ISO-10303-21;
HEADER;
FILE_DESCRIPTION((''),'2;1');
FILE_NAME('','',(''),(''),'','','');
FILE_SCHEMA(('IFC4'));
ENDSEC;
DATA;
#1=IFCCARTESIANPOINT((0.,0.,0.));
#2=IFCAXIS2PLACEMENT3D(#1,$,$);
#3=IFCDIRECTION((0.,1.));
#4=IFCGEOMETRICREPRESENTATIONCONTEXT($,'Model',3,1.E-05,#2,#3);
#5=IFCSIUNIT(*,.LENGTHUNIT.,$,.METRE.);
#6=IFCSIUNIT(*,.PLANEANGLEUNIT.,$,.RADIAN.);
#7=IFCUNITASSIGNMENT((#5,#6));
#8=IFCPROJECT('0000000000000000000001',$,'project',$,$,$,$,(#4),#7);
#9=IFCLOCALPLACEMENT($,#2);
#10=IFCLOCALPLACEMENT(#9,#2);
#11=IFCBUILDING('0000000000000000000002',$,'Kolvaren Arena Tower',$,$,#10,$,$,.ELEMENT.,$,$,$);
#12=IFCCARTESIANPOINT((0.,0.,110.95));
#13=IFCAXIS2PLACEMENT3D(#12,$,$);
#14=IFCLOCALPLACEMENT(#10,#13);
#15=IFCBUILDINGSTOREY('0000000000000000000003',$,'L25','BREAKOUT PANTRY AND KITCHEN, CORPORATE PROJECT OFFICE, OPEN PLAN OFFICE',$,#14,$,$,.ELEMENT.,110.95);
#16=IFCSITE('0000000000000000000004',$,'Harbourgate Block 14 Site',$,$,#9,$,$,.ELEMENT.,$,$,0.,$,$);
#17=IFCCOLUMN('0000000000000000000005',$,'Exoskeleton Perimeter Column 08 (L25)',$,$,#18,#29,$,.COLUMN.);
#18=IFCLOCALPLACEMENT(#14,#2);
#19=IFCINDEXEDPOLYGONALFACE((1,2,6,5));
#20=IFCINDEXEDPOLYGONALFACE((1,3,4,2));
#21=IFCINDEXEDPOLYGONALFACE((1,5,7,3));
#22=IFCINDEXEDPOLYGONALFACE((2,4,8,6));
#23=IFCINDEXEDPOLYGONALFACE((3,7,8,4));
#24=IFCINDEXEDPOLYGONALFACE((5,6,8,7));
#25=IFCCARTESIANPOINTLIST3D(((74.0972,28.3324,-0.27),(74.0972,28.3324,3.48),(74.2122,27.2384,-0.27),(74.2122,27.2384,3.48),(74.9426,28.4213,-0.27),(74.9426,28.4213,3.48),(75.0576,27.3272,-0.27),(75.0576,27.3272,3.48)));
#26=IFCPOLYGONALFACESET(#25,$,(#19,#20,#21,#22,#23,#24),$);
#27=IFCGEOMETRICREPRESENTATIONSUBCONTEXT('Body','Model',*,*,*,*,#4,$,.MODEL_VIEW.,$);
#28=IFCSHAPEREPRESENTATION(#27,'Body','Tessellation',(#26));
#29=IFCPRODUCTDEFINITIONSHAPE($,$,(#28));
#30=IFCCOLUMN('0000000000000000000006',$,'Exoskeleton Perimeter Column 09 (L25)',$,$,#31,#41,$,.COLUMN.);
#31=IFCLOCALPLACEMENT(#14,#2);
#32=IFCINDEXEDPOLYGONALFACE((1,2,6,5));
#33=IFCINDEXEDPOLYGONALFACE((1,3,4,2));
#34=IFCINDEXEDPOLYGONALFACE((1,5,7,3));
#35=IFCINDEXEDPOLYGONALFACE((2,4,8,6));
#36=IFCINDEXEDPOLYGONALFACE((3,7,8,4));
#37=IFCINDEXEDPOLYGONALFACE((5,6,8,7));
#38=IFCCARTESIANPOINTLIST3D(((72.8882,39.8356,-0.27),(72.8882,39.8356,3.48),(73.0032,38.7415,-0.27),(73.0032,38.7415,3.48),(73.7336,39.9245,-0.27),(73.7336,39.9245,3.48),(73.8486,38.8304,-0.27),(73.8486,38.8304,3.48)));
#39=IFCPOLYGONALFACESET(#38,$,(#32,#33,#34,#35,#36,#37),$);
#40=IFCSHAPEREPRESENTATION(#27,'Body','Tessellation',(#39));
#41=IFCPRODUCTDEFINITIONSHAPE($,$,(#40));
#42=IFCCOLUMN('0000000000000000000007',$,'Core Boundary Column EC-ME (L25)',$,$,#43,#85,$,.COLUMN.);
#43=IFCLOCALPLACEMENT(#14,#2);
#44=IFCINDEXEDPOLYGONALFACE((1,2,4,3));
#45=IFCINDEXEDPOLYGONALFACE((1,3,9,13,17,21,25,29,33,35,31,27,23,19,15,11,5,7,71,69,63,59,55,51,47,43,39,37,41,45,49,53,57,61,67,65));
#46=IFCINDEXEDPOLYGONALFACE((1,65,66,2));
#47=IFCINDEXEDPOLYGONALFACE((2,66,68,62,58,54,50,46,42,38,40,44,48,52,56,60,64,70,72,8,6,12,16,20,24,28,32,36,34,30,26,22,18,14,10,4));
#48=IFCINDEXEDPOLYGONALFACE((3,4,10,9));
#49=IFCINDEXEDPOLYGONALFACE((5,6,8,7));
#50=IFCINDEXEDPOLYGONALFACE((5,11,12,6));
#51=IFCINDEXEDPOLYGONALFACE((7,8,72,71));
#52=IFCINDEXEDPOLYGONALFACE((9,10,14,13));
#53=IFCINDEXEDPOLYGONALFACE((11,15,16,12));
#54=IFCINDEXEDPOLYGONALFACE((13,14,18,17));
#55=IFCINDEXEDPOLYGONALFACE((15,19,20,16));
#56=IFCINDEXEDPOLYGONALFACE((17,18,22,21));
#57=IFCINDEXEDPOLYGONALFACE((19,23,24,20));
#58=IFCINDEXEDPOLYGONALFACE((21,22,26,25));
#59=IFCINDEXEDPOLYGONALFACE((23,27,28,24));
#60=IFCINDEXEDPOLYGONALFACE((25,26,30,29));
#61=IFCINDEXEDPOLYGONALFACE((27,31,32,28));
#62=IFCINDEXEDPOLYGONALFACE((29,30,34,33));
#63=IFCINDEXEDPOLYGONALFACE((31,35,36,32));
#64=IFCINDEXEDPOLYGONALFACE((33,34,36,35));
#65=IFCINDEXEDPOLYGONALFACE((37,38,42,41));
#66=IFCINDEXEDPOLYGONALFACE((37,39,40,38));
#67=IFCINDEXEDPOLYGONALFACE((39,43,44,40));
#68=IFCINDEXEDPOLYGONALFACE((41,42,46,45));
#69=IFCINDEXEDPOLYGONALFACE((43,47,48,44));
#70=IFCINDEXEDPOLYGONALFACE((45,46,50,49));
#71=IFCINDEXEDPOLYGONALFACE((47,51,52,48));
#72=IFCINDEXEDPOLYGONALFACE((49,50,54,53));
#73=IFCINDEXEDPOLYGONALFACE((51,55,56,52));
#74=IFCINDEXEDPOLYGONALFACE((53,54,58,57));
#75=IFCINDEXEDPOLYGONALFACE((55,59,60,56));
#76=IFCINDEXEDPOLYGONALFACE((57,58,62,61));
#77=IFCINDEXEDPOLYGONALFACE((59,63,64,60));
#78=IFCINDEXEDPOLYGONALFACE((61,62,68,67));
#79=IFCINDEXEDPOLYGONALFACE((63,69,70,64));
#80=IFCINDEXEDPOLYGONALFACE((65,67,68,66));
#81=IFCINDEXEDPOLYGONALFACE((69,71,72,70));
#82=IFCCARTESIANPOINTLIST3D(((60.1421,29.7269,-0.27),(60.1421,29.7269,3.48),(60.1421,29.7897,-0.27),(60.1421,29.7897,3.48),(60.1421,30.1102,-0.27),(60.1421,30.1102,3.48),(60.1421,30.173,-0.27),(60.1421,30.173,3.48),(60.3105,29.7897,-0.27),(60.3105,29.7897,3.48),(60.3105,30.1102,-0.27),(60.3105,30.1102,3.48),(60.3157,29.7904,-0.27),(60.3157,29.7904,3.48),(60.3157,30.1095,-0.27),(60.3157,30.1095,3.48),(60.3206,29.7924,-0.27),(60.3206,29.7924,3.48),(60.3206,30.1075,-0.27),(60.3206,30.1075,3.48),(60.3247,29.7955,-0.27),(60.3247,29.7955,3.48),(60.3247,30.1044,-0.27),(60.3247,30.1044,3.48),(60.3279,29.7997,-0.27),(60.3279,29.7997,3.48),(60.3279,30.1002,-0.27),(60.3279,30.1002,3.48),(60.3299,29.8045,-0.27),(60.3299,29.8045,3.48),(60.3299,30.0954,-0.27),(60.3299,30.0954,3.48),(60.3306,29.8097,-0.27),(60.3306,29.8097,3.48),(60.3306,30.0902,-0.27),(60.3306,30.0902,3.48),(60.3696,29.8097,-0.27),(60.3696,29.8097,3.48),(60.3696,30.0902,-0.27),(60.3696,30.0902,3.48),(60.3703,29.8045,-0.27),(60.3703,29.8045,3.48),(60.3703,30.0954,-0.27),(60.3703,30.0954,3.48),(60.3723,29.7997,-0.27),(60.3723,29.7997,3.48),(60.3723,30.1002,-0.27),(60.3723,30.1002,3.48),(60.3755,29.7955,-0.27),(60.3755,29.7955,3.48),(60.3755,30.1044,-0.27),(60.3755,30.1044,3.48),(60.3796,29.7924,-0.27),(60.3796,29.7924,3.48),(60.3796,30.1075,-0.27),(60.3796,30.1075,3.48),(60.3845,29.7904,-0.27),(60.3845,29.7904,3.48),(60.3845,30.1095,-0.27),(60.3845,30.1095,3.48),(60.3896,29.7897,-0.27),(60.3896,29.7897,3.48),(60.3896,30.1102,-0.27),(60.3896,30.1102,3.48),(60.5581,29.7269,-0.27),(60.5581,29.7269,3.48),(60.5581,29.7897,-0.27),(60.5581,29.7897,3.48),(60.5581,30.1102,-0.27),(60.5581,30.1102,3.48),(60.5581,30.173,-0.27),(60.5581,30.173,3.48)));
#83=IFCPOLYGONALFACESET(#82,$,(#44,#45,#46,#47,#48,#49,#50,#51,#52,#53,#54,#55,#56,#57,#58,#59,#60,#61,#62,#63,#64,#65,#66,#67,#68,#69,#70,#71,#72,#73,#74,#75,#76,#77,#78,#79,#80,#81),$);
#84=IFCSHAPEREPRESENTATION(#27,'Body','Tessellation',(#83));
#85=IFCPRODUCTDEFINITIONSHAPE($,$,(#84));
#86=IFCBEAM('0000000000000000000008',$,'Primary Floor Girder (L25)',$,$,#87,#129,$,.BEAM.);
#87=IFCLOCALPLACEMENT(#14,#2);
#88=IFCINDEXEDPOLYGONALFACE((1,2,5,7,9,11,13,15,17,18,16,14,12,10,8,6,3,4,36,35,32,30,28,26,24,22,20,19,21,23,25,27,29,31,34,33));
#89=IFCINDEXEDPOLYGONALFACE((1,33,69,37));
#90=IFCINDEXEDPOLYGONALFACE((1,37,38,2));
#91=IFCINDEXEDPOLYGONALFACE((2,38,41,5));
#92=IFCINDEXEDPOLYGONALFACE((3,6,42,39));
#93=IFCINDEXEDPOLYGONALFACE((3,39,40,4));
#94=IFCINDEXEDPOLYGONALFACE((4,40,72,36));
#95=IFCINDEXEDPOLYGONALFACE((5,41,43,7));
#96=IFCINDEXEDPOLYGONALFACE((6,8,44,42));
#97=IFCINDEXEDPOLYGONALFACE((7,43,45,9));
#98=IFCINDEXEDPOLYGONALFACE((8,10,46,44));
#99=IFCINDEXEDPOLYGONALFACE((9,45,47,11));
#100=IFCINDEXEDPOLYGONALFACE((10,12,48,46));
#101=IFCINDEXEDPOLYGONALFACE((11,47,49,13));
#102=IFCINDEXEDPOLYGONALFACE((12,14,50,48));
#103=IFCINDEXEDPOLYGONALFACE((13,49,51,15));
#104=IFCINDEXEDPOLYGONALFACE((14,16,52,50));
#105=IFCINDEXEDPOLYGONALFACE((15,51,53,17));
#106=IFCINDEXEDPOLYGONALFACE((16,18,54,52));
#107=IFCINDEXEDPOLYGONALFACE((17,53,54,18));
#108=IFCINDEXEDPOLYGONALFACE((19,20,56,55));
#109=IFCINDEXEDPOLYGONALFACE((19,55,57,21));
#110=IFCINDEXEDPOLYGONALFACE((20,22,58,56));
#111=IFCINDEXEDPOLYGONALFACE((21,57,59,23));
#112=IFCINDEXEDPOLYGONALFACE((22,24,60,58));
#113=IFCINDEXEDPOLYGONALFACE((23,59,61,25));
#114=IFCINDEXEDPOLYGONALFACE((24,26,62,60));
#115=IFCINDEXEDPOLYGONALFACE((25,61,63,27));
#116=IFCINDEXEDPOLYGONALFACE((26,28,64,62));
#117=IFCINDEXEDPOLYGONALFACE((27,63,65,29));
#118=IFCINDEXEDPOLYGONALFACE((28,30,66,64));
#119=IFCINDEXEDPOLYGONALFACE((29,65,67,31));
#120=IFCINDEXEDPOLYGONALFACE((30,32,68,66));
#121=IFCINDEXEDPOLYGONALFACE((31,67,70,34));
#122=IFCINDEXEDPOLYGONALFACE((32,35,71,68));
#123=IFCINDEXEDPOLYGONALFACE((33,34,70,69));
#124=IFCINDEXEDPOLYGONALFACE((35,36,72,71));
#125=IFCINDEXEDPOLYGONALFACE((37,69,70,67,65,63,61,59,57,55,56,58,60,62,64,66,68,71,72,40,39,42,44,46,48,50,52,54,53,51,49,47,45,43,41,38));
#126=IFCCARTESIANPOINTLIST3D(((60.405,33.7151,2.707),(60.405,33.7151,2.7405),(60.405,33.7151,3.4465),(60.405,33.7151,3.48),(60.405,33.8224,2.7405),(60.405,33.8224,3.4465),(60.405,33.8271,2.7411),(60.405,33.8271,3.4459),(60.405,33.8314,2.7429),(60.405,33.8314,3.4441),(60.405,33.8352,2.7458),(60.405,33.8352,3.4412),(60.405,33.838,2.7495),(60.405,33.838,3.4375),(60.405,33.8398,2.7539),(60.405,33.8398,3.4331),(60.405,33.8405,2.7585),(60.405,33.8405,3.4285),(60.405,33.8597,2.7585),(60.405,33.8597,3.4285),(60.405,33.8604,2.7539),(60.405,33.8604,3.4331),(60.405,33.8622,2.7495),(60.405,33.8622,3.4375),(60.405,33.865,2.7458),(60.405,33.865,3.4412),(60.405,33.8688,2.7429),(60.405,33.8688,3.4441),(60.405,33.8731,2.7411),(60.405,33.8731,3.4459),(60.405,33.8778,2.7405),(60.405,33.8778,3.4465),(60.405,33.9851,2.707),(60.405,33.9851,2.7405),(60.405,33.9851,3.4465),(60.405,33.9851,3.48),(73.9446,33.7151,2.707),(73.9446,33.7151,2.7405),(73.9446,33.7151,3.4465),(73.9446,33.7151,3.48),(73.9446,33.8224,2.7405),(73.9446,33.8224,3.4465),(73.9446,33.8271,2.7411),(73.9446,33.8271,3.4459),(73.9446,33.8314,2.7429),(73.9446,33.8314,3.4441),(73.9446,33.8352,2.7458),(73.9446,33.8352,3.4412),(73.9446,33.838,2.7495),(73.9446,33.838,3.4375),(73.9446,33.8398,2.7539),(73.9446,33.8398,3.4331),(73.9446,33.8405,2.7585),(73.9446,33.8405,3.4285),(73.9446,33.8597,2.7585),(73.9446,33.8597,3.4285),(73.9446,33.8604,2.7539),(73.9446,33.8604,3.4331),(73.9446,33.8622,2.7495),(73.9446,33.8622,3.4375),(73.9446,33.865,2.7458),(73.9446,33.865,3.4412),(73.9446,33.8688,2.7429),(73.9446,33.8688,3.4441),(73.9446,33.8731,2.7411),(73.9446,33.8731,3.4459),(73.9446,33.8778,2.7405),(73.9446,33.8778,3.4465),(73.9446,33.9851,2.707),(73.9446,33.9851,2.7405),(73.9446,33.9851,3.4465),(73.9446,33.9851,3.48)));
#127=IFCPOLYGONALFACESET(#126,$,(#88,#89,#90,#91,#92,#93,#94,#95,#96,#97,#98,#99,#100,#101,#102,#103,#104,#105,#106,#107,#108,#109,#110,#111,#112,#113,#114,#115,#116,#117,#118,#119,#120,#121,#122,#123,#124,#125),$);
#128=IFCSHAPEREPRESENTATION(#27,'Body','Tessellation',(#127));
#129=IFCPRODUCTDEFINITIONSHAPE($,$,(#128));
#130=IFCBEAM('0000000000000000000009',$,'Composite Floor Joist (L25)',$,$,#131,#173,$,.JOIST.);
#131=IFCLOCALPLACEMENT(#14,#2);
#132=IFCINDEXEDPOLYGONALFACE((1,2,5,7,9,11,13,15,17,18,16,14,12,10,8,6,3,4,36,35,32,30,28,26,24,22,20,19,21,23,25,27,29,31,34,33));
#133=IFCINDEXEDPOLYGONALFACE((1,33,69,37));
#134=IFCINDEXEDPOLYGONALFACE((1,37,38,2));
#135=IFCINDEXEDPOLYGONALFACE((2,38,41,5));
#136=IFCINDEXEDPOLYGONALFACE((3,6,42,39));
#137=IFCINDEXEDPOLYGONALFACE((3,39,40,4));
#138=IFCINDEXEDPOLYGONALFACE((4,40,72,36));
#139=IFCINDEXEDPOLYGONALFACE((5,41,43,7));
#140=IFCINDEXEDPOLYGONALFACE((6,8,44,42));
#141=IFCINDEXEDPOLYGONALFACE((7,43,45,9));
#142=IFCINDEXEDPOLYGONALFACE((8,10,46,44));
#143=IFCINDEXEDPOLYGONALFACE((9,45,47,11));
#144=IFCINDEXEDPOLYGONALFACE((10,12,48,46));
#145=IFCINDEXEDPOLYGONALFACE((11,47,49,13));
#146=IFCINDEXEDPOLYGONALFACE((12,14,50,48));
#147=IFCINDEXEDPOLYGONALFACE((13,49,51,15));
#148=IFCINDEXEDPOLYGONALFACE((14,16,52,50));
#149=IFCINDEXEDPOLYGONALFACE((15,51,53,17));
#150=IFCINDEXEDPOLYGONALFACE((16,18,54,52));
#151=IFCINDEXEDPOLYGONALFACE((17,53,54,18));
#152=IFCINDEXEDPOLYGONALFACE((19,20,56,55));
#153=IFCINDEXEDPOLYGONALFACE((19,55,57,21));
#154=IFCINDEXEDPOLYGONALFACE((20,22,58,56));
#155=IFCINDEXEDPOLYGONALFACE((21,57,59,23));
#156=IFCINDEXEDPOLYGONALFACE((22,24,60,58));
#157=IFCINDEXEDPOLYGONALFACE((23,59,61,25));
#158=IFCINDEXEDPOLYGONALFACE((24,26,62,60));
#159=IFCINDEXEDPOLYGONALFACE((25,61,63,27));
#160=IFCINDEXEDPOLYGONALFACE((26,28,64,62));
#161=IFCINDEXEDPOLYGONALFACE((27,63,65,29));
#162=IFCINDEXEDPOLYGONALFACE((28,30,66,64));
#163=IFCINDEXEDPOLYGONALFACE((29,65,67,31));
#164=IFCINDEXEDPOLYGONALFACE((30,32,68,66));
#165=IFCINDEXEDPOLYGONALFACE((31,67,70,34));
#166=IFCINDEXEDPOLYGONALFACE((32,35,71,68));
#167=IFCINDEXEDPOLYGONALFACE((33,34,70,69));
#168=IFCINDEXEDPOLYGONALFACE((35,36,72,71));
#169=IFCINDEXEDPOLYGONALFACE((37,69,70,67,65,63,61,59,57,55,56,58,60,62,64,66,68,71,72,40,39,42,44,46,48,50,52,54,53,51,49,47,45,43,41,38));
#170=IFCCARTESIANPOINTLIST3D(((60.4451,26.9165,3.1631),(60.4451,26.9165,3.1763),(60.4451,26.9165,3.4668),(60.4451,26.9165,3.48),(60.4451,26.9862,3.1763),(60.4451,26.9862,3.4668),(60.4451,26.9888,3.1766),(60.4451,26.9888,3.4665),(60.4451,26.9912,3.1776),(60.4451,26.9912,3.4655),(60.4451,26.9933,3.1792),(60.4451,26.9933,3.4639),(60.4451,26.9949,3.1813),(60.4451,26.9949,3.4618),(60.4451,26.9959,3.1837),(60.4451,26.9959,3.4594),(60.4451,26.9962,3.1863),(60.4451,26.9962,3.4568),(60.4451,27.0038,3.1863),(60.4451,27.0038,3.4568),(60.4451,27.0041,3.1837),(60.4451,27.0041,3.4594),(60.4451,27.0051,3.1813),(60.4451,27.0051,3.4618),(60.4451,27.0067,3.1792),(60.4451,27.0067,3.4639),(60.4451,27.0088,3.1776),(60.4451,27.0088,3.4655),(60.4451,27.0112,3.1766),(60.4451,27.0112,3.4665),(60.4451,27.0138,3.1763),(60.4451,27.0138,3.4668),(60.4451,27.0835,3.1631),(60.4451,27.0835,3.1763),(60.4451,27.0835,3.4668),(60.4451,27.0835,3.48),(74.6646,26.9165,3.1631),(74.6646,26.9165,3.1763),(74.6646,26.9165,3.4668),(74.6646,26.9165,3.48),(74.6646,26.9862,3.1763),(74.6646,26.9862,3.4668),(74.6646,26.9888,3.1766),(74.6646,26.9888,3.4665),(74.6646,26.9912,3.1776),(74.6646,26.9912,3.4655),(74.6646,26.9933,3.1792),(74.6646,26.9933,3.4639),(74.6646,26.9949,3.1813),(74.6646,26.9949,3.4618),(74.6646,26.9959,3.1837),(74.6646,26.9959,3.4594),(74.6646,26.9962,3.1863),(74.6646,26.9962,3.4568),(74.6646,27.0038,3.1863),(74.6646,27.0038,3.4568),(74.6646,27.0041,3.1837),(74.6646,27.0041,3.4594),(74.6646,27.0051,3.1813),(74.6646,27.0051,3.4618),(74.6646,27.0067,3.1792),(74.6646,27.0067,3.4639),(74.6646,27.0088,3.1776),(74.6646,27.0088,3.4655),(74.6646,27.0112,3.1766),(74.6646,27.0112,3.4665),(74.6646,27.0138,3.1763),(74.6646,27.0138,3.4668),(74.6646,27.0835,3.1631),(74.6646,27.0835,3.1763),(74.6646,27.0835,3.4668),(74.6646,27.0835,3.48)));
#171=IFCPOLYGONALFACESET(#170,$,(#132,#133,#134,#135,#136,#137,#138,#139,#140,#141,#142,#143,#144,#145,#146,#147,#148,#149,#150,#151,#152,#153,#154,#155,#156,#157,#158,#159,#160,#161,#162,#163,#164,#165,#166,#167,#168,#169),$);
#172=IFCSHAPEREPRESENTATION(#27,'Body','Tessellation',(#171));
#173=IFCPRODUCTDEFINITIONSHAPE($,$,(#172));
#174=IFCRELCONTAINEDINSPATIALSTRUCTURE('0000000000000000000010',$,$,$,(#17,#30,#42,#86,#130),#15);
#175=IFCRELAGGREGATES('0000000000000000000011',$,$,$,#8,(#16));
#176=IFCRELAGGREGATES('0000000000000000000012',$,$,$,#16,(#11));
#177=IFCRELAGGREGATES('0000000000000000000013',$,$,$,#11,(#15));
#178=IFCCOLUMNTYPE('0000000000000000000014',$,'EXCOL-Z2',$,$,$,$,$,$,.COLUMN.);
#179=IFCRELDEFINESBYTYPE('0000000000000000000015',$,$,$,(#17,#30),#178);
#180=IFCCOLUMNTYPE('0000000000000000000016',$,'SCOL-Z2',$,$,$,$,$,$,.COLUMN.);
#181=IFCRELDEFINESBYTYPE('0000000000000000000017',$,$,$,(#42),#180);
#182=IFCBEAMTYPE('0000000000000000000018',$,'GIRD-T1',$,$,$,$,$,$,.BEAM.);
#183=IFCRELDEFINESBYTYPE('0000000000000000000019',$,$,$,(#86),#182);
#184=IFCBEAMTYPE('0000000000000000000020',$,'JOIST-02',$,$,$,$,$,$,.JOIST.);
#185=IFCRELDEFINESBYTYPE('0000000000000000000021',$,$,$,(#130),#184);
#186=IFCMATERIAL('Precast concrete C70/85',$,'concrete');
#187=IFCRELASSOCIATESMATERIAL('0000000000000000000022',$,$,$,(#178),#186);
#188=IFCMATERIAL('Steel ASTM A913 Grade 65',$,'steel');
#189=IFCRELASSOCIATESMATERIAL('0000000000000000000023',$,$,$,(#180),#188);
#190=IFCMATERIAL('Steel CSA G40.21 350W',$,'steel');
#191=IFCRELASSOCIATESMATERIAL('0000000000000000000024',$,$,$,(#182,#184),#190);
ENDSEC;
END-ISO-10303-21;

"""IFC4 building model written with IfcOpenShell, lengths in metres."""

from ifc_helpers import new_model, si_unit, direction, frame, origin, origin_2d, place, context, subcontext, project, spatial, rectangle, i_section, extrude, material, material_profile, profile_set, type_object, element, save


model = new_model("IFC4")

# Units and contexts
model_context = context("Model", 3, precision=1e-05, world=origin(), true_north=direction((0.0, 1.0)))
body_context = subcontext(model_context, "Body", "Model", "MODEL_VIEW")
ifc_project = project(units=[si_unit("LENGTHUNIT", "METRE"), si_unit("PLANEANGLEUNIT", "RADIAN")], contexts=[model_context])

# Site, building, storey
site_placement = place(None, origin())
site = spatial("IfcSite", under=ifc_project, at=site_placement, Name="Harbourgate Block 14 Site", CompositionType="ELEMENT", RefElevation=0.0)
building_placement = place(site_placement, origin())
building = spatial("IfcBuilding", under=site, at=building_placement, Name="Kolvaren Arena Tower", CompositionType="ELEMENT")
storey_placement = place(building_placement, frame((0.0, 0.0, 110.95)))
storey = spatial("IfcBuildingStorey", under=building, at=storey_placement, Name="L25", Description="BREAKOUT PANTRY AND KITCHEN, CORPORATE PROJECT OFFICE, OPEN PLAN OFFICE", CompositionType="ELEMENT", Elevation=110.95)

# Columns
ifc_material_1 = material(Name="Precast concrete C70/85", Category="concrete")
ifc_material_profile_1 = material_profile(ifc_material_1, rectangle(XDim=1.1001, YDim=0.8501, at=origin_2d()), Name="RC-1100x850")
ifc_profile_set_1 = profile_set([ifc_material_profile_1], Name="Precast concrete C70/85")
column_type_1 = type_object("IfcColumnType", Name="EXCOL-Z2", PredefinedType="COLUMN", material=ifc_profile_set_1)
for number, where, z_axis, x_axis, name in (
    (1, (74.5774, 27.8298, -0.27), (0.0, 0.0, 1.0), (-0.104528, 0.994522, 0.0), "Exoskeleton Perimeter Column 08 (L25)"),
    (2, (73.3684, 39.333, -0.27), (0.0, 0.0, 1.0), (-0.104528, 0.994522, 0.0), "Exoskeleton Perimeter Column 09 (L25)"),
):
    element("IfcColumn", number, at=place(storey_placement, frame(where, z_axis=z_axis, x_axis=x_axis)), inside=storey, type_object=column_type_1, Name=name, PredefinedType="COLUMN", context=body_context, shape_type="SweptSolid", body=[
        extrude(rectangle(XDim=1.1001, YDim=0.8501, at=origin_2d()), origin(), (0.0, 0.0, 1.0), 3.75),
    ])
ifc_material_2 = material(Name="Steel ASTM A913 Grade 65", Category="steel")
ifc_material_profile_2 = material_profile(ifc_material_2, i_section(OverallWidth=0.416, OverallDepth=0.446, WebThickness=0.0391, FlangeThickness=0.0627, FilletRadius=0.02, at=origin_2d()), Name="W360x509")
ifc_profile_set_2 = profile_set([ifc_material_profile_2], Name="Steel ASTM A913 Grade 65")
column_type_2 = type_object("IfcColumnType", Name="SCOL-Z2", PredefinedType="COLUMN", material=ifc_profile_set_2)
column_placement = place(storey_placement, frame((60.3501, 29.95, -0.27), z_axis=(0.0, 0.0, 1.0), x_axis=(1.0, 0.0, 0.0)))
element("IfcColumn", 3, at=column_placement, inside=storey, type_object=column_type_2, Name="Core Boundary Column EC-ME (L25)", PredefinedType="COLUMN", context=body_context, shape_type="SweptSolid", body=[
    extrude(i_section(OverallWidth=0.416, OverallDepth=0.446, WebThickness=0.0391, FlangeThickness=0.0627, FilletRadius=0.02, at=origin_2d()), origin(), (0.0, 0.0, 1.0), 3.75),
])

# Beams
ifc_material_3 = material(Name="Steel CSA G40.21 350W", Category="steel")
ifc_material_profile_3 = material_profile(ifc_material_3, i_section(OverallWidth=0.27, OverallDepth=0.7729, WebThickness=0.0193, FlangeThickness=0.0334, FilletRadius=0.0181, at=origin_2d()), Name="W760x257")
ifc_profile_set_3 = profile_set([ifc_material_profile_3], Name="Steel CSA G40.21 350W")
beam_type_1 = type_object("IfcBeamType", Name="GIRD-T1", PredefinedType="BEAM", material=ifc_profile_set_3)
beam_1_placement = place(storey_placement, frame((60.405, 33.8501, 3.0935), z_axis=(1.0, 0.0, 0.0), x_axis=(0.0, 1.0, 0.0)))
element("IfcBeam", 4, at=beam_1_placement, inside=storey, type_object=beam_type_1, Name="Primary Floor Girder (L25)", PredefinedType="BEAM", context=body_context, shape_type="SweptSolid", body=[
    extrude(i_section(OverallWidth=0.27, OverallDepth=0.7729, WebThickness=0.0193, FlangeThickness=0.0334, FilletRadius=0.0181, at=origin_2d()), origin(), (0.0, 0.0, 1.0), 13.5396),
])
ifc_material_profile_4 = material_profile(ifc_material_3, i_section(OverallWidth=0.167, OverallDepth=0.3169, WebThickness=0.0076, FlangeThickness=0.0132, FilletRadius=0.01, at=origin_2d()), Name="W310x52")
ifc_profile_set_4 = profile_set([ifc_material_profile_4], Name="Steel CSA G40.21 350W")
beam_type_2 = type_object("IfcBeamType", Name="JOIST-02", PredefinedType="JOIST", material=ifc_profile_set_4)
beam_2_placement = place(storey_placement, frame((60.4451, 27.0, 3.3215), z_axis=(1.0, 0.0, 0.0), x_axis=(0.0, 1.0, 0.0)))
element("IfcBeam", 5, at=beam_2_placement, inside=storey, type_object=beam_type_2, Name="Composite Floor Joist (L25)", PredefinedType="JOIST", context=body_context, shape_type="SweptSolid", body=[
    extrude(i_section(OverallWidth=0.167, OverallDepth=0.3169, WebThickness=0.0076, FlangeThickness=0.0132, FilletRadius=0.01, at=origin_2d()), origin(), (0.0, 0.0, 1.0), 14.2195),
])

save(model, "model.ifc")
